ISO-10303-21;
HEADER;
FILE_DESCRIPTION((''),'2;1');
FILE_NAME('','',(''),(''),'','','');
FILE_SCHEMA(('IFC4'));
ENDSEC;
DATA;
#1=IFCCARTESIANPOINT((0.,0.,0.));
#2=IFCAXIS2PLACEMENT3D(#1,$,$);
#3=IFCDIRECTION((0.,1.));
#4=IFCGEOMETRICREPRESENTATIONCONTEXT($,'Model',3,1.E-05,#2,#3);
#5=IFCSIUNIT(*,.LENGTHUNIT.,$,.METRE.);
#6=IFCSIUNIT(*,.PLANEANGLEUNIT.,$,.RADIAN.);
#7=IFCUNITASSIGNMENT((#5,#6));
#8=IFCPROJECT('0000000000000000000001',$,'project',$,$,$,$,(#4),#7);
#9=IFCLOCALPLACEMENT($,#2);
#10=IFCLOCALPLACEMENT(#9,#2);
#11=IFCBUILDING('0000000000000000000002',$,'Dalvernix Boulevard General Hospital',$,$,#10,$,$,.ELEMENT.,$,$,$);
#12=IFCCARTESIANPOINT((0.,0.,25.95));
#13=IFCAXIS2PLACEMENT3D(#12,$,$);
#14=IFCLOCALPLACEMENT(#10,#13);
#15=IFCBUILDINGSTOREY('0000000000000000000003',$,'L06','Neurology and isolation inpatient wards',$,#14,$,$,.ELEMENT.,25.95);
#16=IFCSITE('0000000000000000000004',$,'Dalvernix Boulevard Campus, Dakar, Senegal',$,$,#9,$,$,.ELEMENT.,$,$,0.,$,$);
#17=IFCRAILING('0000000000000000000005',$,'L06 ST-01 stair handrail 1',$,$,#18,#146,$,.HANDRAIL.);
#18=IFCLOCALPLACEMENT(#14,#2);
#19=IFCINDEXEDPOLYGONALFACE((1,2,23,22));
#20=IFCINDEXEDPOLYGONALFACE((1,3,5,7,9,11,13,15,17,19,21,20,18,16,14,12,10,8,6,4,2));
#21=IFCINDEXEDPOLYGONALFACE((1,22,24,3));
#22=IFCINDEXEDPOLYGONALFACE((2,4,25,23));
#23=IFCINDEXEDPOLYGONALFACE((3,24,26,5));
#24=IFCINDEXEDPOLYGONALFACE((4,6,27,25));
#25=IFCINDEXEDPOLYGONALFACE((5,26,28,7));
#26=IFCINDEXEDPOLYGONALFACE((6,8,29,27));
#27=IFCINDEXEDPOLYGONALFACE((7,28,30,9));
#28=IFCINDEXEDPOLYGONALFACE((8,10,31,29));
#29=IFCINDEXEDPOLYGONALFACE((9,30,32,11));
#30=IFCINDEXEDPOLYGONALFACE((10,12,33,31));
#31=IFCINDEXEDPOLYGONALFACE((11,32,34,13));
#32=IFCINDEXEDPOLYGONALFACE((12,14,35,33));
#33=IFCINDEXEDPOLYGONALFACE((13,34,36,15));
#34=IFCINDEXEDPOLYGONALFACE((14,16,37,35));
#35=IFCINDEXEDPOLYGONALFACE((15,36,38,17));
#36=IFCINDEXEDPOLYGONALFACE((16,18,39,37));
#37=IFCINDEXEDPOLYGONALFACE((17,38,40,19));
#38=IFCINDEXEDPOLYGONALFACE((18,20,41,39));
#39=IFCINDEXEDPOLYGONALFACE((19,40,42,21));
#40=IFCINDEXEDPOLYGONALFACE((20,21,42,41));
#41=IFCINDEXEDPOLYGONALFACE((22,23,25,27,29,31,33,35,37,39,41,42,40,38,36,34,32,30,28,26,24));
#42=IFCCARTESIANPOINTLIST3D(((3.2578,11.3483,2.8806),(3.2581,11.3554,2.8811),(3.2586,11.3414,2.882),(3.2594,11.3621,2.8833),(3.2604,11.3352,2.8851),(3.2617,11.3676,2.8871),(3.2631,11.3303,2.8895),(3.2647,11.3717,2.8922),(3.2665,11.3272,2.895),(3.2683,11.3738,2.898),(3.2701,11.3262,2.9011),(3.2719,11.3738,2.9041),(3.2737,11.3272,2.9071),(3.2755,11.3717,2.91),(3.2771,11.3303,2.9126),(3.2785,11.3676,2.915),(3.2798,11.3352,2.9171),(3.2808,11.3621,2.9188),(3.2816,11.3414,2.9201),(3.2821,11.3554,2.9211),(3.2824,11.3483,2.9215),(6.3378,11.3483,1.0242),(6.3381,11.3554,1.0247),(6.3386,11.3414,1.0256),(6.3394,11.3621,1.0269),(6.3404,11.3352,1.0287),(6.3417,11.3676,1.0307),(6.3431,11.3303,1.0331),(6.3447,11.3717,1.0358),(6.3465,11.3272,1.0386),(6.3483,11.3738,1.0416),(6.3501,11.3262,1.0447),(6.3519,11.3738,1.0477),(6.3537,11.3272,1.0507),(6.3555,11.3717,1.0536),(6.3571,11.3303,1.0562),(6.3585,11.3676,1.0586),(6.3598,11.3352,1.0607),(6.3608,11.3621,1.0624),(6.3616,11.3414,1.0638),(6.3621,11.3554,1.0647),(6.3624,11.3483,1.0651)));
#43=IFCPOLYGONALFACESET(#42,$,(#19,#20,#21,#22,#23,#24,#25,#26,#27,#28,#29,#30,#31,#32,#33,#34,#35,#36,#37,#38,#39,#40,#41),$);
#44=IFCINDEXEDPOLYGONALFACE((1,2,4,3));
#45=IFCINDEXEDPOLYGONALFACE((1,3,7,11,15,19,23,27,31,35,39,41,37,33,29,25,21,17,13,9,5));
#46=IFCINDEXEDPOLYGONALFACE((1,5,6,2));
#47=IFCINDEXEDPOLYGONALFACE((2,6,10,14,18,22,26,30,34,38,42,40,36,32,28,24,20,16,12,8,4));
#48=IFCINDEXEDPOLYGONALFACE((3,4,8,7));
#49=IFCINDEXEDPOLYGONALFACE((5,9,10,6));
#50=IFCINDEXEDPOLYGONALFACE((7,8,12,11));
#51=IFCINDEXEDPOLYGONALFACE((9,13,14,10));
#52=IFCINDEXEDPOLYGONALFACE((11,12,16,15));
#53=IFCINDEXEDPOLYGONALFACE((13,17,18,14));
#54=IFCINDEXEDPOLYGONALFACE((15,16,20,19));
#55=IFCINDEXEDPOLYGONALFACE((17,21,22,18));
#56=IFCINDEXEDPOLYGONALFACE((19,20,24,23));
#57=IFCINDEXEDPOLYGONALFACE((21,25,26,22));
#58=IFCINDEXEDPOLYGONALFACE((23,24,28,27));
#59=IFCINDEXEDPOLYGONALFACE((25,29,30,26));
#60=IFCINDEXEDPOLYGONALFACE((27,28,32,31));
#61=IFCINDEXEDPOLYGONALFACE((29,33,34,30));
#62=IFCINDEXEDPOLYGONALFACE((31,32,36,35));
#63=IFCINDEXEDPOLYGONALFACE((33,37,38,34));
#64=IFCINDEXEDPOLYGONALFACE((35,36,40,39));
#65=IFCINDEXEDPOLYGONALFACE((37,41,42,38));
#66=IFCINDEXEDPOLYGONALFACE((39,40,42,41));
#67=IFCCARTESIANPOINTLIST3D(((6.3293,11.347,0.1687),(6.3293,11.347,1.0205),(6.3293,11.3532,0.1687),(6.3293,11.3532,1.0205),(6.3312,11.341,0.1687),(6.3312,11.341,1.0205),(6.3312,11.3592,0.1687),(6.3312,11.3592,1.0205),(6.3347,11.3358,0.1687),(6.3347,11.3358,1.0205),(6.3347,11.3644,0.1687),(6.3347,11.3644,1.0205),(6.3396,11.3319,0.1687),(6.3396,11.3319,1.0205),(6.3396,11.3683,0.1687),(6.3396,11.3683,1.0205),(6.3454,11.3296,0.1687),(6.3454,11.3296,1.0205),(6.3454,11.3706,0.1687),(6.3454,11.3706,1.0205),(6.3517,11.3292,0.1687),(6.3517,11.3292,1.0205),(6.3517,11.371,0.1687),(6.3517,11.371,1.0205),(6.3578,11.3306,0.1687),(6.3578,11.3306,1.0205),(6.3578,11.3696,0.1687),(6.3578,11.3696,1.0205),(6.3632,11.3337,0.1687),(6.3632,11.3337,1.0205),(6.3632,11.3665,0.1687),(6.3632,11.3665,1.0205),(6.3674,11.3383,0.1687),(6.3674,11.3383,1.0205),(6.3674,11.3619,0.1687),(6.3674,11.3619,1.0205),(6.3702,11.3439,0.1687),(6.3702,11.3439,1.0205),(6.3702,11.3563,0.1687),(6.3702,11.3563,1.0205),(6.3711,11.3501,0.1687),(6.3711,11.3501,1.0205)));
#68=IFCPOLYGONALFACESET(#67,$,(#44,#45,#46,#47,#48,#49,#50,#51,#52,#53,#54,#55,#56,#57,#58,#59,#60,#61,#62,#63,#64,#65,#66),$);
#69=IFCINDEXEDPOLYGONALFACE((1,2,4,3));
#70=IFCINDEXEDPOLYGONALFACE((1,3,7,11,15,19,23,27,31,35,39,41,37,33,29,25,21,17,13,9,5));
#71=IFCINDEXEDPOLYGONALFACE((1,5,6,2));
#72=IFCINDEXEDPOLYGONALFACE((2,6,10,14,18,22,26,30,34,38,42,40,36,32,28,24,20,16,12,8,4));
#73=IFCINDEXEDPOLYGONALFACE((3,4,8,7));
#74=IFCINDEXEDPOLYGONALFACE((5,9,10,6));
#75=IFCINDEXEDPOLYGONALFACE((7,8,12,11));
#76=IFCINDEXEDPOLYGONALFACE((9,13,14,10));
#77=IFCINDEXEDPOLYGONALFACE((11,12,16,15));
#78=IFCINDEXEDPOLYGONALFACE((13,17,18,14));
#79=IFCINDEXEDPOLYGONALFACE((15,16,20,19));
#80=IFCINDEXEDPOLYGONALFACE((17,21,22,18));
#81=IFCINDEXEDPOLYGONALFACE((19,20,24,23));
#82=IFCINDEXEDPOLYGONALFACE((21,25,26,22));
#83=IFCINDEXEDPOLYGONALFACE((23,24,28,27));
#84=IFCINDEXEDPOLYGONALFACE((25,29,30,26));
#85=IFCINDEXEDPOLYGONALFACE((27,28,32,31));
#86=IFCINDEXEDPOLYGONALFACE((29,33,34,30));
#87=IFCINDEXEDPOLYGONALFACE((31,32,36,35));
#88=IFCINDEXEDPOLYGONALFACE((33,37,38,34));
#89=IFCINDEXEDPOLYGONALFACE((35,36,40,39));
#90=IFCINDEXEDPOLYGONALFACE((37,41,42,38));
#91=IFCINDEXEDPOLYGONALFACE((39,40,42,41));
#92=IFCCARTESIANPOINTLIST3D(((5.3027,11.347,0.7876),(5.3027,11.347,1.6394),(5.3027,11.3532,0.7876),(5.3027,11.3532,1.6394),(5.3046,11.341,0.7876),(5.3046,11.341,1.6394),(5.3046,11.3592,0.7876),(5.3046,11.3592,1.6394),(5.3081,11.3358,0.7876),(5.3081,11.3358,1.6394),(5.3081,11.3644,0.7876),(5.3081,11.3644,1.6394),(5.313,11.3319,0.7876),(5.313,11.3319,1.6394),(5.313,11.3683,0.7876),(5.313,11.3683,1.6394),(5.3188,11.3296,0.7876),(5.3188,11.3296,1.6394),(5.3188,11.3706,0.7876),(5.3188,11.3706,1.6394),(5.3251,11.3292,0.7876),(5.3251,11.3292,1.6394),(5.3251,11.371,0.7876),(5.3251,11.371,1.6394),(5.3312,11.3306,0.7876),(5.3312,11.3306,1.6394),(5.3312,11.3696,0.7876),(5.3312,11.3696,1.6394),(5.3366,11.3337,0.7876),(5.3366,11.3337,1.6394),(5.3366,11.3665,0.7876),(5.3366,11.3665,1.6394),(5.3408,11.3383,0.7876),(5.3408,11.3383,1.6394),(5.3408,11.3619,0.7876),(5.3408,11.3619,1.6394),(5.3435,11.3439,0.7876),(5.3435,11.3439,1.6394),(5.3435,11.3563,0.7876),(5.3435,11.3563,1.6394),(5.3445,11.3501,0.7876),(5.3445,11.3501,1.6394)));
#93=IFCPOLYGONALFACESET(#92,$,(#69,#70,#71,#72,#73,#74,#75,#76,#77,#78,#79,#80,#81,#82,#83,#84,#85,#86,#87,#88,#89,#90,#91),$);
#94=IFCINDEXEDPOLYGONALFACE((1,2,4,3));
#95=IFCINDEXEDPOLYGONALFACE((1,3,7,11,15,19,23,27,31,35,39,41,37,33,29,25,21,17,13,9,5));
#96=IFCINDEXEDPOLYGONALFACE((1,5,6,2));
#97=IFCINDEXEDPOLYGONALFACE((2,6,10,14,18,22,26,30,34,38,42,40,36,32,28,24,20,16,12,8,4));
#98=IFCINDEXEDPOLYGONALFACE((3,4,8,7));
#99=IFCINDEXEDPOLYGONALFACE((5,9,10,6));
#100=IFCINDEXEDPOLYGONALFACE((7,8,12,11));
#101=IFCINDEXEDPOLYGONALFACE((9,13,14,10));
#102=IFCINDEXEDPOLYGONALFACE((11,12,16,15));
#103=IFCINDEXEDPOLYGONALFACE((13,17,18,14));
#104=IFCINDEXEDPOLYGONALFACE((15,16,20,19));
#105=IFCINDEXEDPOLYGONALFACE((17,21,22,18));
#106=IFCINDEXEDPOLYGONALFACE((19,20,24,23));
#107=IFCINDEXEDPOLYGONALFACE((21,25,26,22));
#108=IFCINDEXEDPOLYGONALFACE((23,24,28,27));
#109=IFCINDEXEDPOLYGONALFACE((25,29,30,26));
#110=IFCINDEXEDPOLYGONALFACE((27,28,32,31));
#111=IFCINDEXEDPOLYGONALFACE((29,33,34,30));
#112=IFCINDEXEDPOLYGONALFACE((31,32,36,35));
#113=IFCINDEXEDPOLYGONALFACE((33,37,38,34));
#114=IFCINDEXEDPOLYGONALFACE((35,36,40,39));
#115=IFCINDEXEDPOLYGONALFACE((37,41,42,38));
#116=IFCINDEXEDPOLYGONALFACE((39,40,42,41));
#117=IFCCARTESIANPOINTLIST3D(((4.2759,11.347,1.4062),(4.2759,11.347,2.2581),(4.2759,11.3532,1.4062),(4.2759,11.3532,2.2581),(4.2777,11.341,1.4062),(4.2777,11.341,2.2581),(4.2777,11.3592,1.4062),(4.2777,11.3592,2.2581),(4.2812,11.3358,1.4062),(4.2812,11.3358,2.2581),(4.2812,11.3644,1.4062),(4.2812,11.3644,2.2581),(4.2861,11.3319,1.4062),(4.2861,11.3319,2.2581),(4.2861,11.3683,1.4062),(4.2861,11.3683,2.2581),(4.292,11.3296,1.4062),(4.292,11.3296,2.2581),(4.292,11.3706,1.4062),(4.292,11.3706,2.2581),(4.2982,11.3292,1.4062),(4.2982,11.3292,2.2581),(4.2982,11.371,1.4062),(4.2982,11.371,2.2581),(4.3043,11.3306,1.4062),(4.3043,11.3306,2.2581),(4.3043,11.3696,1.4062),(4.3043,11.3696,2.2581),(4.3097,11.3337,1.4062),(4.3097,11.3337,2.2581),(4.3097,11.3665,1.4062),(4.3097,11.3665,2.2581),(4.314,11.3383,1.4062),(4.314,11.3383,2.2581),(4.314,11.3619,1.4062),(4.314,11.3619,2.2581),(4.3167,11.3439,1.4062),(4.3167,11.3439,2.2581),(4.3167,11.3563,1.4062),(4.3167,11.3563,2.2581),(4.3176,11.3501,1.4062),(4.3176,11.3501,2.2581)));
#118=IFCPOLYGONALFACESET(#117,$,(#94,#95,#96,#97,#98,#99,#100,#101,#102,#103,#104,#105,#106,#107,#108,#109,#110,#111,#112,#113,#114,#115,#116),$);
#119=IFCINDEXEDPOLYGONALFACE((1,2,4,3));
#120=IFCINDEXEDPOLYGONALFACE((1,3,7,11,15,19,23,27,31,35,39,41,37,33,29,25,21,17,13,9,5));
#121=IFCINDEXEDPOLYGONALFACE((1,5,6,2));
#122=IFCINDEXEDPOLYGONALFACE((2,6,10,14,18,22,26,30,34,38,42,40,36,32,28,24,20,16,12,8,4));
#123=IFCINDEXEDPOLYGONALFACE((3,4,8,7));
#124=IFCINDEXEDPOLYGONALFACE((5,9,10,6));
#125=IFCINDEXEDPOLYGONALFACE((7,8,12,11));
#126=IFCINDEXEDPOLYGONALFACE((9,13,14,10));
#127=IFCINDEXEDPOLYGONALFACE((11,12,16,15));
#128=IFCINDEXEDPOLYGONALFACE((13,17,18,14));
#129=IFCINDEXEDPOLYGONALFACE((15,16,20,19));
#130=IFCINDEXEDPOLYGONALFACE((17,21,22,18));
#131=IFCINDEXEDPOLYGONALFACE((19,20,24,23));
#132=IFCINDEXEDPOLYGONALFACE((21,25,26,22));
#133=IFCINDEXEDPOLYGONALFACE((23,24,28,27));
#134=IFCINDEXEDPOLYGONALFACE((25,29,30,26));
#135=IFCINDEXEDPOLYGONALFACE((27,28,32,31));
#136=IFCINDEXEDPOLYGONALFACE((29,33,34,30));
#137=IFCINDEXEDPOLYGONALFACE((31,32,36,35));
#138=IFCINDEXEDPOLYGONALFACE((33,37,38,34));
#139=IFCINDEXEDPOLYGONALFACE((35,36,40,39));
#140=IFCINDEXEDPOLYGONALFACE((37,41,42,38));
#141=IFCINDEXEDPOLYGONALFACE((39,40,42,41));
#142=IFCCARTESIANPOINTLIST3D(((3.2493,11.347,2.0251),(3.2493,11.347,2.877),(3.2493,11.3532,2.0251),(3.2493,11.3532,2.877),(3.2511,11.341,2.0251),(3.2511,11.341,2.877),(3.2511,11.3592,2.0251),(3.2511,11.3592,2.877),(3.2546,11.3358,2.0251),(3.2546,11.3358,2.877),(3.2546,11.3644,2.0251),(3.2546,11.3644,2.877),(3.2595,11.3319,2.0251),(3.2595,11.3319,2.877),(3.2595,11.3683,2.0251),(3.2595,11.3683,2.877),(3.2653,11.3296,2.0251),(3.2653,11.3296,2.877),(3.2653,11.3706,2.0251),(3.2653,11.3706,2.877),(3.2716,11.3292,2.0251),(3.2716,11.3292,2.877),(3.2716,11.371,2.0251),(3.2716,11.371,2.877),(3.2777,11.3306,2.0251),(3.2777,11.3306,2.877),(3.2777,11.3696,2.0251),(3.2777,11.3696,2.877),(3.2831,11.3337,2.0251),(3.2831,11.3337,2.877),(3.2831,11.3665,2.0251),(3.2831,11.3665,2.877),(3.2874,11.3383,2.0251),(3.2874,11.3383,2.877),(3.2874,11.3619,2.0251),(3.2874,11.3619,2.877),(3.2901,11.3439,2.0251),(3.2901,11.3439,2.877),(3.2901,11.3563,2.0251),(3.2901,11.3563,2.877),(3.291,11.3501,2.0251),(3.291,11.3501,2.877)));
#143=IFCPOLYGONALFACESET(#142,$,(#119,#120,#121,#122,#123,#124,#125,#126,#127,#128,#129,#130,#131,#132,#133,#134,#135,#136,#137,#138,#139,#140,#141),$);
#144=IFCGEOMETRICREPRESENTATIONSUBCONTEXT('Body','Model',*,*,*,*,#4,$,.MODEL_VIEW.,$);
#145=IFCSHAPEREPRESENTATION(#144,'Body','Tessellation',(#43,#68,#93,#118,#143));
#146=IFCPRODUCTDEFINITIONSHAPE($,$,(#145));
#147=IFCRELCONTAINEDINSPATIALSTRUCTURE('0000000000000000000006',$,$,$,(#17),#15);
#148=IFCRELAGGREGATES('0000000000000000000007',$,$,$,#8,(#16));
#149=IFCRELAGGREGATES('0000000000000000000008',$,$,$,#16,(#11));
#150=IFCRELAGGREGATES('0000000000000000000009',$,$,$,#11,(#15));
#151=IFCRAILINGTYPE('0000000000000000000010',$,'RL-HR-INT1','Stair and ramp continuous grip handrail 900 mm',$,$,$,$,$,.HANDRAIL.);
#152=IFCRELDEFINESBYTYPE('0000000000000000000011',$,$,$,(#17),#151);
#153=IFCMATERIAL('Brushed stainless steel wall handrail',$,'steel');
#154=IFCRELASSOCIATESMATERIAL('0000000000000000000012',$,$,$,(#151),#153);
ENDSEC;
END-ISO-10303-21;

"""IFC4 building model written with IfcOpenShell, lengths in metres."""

from ifc_helpers import new_model, si_unit, direction, frame, origin, origin_2d, place, context, subcontext, project, spatial, circle, extrude, material, type_object, element, save


model = new_model("IFC4")

# Units and contexts
model_context = context("Model", 3, precision=1e-05, world=origin(), true_north=direction((0.0, 1.0)))
body_context = subcontext(model_context, "Body", "Model", "MODEL_VIEW")
ifc_project = project(units=[si_unit("LENGTHUNIT", "METRE"), si_unit("PLANEANGLEUNIT", "RADIAN")], contexts=[model_context])

# Site, building, storey
site_placement = place(None, origin())
site = spatial("IfcSite", under=ifc_project, at=site_placement, Name="Dalvernix Boulevard Campus, Dakar, Senegal", CompositionType="ELEMENT", RefElevation=0.0)
building_placement = place(site_placement, origin())
building = spatial("IfcBuilding", under=site, at=building_placement, Name="Dalvernix Boulevard General Hospital", CompositionType="ELEMENT")
storey_placement = place(building_placement, frame((0.0, 0.0, 25.95)))
storey = spatial("IfcBuildingStorey", under=building, at=storey_placement, Name="L06", Description="Neurology and isolation inpatient wards", CompositionType="ELEMENT", Elevation=25.95)

# Railing
ifc_material_1 = material(Name="Brushed stainless steel wall handrail", Category="steel")
railing_type = type_object("IfcRailingType", Name="RL-HR-INT1", Description="Stair and ramp continuous grip handrail 900 mm", PredefinedType="HANDRAIL", material=ifc_material_1)
railing_placement = place(storey_placement, frame((6.3501, 11.3501, 0.1687)))
element("IfcRailing", 1, at=railing_placement, inside=storey, type_object=railing_type, Name="L06 ST-01 stair handrail 1", PredefinedType="HANDRAIL", context=body_context, shape_type="SweptSolid", body=[
    extrude(circle(Radius=0.0239, at=origin_2d()), frame((0.0, 0.0, 0.876), z_axis=(-0.856461, 0.0, 0.516212), x_axis=(0.0, -1.0, 0.0)), (0.0, 0.0, 1.0), 3.5962),
    extrude(circle(Radius=0.021, at=origin_2d()), origin(), (0.0, 0.0, 1.0), 0.8518),
    extrude(circle(Radius=0.021, at=origin_2d()), frame((-1.0266, 0.0, 0.6189)), (0.0, 0.0, 1.0), 0.8518),
    extrude(circle(Radius=0.021, at=origin_2d()), frame((-2.0535, 0.0, 1.2375)), (0.0, 0.0, 1.0), 0.8518),
    extrude(circle(Radius=0.021, at=origin_2d()), frame((-3.0801, 0.0, 1.8564)), (0.0, 0.0, 1.0), 0.8518),
])

save(model, "model.ifc")
